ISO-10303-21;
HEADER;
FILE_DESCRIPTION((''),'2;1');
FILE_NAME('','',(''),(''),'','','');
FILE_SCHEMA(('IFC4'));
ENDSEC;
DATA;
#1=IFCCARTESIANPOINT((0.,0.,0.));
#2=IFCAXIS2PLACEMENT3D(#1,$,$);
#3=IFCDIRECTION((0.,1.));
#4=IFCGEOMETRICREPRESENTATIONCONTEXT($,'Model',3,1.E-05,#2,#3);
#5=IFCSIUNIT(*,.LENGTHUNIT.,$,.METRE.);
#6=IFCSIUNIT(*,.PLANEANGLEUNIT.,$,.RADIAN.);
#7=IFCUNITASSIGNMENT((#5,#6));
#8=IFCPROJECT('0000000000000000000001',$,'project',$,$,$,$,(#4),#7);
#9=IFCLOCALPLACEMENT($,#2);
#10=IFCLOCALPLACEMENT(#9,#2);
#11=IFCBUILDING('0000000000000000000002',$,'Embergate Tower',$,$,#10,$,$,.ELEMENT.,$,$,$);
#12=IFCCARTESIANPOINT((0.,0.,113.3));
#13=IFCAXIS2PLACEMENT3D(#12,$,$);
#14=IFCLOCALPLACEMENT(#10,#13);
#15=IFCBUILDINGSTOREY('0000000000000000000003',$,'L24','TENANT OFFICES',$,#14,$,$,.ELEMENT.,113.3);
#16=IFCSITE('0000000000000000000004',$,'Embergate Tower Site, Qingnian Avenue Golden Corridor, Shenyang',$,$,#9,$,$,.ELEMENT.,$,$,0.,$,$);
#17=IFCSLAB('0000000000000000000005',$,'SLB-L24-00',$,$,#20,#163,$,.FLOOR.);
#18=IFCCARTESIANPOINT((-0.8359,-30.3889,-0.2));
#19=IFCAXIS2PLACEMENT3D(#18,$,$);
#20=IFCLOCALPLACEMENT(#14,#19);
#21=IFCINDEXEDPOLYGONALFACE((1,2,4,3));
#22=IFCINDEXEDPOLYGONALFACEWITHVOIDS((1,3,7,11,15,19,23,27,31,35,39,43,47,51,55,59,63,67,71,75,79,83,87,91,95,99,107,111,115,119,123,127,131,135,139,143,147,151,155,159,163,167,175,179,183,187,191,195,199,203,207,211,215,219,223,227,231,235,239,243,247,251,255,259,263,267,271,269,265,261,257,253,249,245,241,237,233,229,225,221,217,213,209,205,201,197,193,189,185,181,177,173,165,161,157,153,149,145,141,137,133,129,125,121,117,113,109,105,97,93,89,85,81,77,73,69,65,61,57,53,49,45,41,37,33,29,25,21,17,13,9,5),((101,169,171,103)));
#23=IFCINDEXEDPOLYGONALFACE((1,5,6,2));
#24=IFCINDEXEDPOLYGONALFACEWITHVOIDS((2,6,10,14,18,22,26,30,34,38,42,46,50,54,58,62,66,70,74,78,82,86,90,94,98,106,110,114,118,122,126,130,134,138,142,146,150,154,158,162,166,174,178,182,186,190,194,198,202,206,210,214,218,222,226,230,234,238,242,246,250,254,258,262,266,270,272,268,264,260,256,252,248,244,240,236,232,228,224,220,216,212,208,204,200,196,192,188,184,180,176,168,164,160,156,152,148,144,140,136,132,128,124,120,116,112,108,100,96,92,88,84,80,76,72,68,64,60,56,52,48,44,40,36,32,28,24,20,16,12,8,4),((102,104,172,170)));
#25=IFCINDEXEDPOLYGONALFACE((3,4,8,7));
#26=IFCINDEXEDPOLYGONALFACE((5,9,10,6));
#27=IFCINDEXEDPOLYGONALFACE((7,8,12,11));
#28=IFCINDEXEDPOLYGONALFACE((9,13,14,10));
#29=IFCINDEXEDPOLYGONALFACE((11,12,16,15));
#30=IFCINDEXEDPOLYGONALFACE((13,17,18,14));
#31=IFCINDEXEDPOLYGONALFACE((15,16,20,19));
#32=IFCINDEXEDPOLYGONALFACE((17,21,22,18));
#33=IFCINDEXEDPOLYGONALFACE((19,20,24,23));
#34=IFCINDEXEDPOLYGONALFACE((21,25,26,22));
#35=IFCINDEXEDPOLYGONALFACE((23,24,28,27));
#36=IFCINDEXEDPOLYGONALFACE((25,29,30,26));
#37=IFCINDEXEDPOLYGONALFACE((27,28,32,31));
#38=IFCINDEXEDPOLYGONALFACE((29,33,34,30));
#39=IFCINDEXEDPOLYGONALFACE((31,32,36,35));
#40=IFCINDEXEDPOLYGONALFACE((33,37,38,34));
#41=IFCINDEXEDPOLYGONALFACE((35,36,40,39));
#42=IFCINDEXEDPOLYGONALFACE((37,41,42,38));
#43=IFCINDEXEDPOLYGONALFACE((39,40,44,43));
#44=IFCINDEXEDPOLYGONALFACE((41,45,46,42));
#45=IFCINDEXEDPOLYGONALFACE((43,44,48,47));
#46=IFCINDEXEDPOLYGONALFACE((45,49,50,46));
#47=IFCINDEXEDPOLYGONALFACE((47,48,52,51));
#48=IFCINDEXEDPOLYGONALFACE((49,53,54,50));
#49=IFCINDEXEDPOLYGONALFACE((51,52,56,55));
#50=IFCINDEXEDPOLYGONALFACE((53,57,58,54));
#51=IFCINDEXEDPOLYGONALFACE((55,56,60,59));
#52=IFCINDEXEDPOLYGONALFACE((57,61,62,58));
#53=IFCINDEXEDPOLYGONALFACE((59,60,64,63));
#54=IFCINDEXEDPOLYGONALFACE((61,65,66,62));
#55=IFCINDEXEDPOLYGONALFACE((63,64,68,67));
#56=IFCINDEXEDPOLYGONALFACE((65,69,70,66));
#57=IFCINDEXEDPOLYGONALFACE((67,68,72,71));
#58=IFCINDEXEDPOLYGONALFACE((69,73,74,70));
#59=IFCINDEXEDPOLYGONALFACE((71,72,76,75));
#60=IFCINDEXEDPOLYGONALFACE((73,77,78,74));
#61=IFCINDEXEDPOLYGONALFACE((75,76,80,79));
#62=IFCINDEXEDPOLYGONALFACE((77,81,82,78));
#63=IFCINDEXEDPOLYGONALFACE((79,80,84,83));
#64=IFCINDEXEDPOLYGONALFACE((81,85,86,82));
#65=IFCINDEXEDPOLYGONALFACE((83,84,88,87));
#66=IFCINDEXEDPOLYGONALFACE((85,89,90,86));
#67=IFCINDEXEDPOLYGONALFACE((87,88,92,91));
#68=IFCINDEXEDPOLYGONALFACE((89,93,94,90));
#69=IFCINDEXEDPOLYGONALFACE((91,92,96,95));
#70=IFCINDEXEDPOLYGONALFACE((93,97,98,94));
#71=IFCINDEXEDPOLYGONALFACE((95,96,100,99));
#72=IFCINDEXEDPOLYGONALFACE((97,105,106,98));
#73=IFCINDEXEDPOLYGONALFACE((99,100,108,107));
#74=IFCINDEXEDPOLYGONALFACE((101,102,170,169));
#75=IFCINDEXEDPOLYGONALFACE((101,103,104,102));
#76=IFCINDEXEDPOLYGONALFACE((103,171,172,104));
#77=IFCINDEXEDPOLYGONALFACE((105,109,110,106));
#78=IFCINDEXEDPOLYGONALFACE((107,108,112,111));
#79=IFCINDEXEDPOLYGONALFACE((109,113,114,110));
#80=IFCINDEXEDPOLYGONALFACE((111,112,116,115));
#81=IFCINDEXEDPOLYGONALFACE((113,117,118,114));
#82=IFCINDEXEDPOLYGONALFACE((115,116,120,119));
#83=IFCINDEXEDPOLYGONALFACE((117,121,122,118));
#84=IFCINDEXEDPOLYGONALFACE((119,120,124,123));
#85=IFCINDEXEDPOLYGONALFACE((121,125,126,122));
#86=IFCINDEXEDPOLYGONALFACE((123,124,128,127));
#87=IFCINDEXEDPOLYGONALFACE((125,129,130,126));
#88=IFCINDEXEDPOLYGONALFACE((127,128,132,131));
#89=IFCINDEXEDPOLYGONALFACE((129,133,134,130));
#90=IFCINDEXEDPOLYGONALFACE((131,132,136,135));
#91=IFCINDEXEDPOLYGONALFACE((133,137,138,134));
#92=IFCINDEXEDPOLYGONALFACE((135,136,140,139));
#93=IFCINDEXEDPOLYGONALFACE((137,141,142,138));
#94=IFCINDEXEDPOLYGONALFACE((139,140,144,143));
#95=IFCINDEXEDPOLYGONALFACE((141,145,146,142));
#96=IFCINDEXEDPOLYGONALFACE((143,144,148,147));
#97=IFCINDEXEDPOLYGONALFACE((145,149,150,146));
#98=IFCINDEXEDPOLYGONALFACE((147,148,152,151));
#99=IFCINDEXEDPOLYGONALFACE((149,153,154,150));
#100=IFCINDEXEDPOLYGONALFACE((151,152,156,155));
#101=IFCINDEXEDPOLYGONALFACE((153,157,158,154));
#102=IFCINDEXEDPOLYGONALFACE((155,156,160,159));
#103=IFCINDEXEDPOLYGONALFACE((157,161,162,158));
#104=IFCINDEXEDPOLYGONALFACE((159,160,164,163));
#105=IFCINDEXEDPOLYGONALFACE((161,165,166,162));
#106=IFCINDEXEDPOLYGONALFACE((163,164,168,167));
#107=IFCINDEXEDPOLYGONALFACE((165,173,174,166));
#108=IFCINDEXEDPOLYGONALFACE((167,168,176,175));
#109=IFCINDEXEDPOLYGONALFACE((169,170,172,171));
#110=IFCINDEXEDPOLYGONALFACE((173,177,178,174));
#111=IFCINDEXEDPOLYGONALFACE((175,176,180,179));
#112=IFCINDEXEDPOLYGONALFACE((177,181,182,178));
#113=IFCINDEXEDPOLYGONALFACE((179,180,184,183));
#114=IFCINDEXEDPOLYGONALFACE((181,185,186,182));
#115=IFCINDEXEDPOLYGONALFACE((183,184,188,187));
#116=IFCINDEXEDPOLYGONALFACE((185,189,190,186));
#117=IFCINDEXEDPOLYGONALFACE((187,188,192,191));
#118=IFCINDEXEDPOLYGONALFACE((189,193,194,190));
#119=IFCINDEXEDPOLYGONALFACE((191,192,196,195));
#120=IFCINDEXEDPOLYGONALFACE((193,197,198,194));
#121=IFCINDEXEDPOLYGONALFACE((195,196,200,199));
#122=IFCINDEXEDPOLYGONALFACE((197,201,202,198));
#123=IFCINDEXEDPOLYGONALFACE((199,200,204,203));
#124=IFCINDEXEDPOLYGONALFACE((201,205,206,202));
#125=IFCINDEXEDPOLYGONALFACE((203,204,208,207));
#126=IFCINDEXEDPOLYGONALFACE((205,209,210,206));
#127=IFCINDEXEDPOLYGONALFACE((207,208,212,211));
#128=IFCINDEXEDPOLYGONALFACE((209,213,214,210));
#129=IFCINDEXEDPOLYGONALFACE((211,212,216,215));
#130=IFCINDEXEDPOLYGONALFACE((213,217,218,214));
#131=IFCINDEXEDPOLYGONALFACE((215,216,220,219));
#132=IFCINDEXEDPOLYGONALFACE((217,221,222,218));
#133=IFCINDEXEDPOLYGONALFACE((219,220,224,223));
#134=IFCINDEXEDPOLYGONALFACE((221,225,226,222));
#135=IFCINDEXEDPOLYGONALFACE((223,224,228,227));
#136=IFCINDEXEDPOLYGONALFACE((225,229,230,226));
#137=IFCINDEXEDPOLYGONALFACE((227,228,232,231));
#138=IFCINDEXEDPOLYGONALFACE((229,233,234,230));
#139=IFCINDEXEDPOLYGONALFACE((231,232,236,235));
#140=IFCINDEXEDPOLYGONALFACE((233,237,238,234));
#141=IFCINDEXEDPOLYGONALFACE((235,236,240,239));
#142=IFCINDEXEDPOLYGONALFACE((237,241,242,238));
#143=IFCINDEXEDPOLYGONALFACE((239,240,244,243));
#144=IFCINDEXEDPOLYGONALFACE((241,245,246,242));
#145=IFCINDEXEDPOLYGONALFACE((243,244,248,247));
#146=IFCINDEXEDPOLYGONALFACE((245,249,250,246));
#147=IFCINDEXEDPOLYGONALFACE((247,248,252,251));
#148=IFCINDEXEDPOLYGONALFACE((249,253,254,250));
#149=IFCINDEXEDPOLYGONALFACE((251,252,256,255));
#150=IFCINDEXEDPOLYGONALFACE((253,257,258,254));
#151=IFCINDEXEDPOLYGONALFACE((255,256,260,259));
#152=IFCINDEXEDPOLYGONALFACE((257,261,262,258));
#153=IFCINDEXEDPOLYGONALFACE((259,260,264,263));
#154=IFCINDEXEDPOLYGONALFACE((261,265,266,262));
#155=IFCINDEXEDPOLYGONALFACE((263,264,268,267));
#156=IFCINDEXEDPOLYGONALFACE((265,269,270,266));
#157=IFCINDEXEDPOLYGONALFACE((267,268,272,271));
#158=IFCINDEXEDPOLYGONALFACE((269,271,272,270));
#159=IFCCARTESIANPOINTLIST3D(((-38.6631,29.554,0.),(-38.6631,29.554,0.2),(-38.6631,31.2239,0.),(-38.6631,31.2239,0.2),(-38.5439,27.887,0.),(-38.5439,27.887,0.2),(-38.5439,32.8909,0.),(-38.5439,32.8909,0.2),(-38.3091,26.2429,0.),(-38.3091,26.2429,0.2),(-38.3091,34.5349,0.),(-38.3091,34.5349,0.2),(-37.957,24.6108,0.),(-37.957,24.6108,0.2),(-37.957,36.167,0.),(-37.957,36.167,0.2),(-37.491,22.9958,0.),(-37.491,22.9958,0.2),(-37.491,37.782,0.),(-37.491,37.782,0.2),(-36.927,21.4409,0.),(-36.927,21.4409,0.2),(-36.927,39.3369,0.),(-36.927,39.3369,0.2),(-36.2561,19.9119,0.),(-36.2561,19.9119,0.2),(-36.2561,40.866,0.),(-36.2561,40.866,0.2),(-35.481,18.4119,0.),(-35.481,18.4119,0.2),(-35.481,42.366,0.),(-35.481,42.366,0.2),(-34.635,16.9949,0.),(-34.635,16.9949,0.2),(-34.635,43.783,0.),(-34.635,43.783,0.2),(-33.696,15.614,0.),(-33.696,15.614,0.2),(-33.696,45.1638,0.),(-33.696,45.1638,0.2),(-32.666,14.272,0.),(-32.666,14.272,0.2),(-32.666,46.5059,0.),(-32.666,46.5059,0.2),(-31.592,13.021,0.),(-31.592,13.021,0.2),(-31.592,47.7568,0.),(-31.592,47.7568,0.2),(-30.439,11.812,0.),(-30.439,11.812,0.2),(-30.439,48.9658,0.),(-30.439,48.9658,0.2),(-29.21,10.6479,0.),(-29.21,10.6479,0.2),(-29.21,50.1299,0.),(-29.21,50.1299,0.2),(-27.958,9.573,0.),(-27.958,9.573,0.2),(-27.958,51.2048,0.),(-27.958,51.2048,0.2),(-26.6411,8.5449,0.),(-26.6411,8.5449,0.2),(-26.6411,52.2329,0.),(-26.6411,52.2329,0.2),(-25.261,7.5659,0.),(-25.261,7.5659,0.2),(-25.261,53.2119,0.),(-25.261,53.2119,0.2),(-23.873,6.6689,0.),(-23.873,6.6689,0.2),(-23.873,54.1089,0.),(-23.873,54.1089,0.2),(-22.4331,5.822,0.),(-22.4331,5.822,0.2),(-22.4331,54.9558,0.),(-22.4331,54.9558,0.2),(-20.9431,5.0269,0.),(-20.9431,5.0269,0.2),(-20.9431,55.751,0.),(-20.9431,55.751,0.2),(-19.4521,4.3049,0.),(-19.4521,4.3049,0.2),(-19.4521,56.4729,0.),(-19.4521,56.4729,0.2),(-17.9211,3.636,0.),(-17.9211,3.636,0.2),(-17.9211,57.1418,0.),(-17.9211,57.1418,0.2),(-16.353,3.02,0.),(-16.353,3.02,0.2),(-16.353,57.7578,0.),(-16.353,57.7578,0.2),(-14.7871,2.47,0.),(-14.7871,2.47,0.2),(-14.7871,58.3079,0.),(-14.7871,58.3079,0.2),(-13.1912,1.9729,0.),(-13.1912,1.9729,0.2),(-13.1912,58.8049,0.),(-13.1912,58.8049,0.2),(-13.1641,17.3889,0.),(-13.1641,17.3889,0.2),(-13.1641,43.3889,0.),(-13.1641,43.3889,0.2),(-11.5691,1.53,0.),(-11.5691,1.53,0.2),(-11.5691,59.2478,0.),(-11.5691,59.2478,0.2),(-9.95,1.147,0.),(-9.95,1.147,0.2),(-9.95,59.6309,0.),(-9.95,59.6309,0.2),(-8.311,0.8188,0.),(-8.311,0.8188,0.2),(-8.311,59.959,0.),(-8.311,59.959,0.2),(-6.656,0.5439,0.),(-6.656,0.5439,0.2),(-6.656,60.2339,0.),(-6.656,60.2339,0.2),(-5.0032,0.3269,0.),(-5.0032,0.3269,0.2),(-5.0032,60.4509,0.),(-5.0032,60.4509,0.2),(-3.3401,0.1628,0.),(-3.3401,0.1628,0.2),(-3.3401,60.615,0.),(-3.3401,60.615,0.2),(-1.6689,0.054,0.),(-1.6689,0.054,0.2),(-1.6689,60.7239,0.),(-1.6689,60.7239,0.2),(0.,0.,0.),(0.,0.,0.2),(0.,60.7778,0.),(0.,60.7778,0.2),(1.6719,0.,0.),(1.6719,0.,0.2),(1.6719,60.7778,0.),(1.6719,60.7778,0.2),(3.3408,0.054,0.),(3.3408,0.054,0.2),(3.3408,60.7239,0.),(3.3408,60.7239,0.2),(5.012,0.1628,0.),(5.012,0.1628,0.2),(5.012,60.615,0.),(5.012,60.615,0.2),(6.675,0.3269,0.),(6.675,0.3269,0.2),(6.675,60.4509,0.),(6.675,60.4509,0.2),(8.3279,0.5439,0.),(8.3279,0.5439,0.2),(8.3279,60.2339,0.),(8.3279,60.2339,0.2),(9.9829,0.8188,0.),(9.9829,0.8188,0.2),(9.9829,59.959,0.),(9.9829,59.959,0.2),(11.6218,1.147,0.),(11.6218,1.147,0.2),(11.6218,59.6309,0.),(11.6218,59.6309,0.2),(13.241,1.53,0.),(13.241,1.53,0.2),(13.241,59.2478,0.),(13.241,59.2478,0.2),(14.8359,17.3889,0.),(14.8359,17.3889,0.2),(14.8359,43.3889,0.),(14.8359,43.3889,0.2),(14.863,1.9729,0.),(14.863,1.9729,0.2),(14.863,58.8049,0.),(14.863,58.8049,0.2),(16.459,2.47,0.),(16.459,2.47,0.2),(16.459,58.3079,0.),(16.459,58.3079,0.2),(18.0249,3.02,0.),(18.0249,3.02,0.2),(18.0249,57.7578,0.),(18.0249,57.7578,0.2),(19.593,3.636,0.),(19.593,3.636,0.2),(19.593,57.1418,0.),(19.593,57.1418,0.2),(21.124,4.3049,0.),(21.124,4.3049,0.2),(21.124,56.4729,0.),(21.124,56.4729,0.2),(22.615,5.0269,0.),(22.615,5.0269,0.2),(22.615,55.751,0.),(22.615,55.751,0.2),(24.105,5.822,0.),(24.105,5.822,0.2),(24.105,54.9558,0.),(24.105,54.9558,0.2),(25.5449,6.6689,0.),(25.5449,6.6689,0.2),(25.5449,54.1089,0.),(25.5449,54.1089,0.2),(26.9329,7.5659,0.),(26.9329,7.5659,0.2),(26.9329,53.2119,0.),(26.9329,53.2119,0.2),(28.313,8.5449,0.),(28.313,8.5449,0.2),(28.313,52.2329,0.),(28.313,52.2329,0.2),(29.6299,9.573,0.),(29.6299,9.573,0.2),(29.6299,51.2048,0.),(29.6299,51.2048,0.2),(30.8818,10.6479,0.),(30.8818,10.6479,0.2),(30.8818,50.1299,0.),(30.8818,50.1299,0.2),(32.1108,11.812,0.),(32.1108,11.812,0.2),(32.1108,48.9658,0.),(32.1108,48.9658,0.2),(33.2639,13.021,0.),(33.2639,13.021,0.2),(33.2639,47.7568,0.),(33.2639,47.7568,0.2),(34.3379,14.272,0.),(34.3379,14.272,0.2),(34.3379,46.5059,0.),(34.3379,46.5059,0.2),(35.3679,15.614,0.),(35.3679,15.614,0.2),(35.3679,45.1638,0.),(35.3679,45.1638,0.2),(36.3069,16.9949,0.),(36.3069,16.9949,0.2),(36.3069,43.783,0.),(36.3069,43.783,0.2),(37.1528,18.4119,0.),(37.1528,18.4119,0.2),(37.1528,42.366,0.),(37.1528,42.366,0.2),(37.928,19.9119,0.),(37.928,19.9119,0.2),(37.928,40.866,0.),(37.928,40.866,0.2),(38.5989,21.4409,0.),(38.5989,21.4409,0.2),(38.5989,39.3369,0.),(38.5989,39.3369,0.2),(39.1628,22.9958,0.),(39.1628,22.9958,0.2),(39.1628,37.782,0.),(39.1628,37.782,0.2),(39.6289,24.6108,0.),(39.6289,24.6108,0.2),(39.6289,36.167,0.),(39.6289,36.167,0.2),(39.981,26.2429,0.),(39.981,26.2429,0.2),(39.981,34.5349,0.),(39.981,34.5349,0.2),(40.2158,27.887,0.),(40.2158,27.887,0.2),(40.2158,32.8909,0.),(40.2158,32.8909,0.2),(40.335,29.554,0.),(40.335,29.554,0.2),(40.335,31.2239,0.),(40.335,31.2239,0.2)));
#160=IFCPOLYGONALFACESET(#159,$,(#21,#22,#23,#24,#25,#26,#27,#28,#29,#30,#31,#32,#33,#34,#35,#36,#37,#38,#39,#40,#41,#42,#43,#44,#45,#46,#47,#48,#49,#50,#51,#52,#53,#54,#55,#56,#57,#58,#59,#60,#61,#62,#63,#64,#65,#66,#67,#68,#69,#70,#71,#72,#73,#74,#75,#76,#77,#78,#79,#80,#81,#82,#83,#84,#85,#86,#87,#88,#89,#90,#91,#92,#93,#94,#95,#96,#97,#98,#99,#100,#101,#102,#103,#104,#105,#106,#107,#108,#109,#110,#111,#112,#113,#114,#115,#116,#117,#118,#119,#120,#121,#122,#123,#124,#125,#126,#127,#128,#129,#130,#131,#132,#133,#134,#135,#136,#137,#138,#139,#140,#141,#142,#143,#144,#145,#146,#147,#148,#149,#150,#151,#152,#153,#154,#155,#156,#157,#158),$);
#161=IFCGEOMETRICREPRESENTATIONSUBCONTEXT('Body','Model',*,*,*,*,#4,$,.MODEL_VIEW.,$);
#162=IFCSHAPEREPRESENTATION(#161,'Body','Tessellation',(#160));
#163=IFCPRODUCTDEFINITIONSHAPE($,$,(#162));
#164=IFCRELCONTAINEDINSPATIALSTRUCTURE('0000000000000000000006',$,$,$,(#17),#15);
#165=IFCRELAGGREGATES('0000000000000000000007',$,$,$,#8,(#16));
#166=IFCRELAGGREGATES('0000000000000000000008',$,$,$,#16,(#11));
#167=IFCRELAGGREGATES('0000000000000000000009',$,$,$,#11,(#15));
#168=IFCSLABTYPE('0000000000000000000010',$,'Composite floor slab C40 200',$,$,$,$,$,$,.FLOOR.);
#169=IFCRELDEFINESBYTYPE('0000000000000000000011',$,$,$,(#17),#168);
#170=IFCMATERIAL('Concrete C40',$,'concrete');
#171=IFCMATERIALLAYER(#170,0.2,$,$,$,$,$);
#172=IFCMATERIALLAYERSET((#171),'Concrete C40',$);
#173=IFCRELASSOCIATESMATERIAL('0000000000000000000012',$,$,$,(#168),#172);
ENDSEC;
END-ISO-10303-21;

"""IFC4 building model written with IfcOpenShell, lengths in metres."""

from ifc_helpers import new_model, si_unit, direction, frame, origin, place, context, subcontext, project, spatial, polyline, outline, extrude, source, transform, mapped, material, layer, layer_set, type_object, element, save


model = new_model("IFC4")

# Units and contexts
model_context = context("Model", 3, precision=1e-05, world=origin(), true_north=direction((0.0, 1.0)))
body_context = subcontext(model_context, "Body", "Model", "MODEL_VIEW")
ifc_project = project(units=[si_unit("LENGTHUNIT", "METRE"), si_unit("PLANEANGLEUNIT", "RADIAN")], contexts=[model_context])

# Site, building, storey
site_placement = place(None, origin())
site = spatial("IfcSite", under=ifc_project, at=site_placement, Name="Embergate Tower Site, Qingnian Avenue Golden Corridor, Shenyang", CompositionType="ELEMENT", RefElevation=0.0)
building_placement = place(site_placement, origin())
building = spatial("IfcBuilding", under=site, at=building_placement, Name="Embergate Tower", CompositionType="ELEMENT")
storey_placement = place(building_placement, frame((0.0, 0.0, 113.3)))
storey = spatial("IfcBuildingStorey", under=building, at=storey_placement, Name="L24", Description="TENANT OFFICES", CompositionType="ELEMENT", Elevation=113.3)

# Slab
ifc_material_1 = material(Name="Concrete C40", Category="concrete")
ifc_layer_1 = layer(ifc_material_1, 0.2)
ifc_layer_set_1 = layer_set([ifc_layer_1], Name="Concrete C40")
slab_type = type_object("IfcSlabType", Name="Composite floor slab C40 200", PredefinedType="FLOOR", material=ifc_layer_set_1)
shared_shape_1 = source(origin(), body_context, "Body", "SweptSolid", [
    extrude(outline(polyline([(0.0, 0.0), (1.6719, 0.0), (3.3408, 0.054), (5.012, 0.1628), (6.675, 0.3269), (8.3279, 0.5439), (9.9829, 0.8188), (11.6218, 1.147), (13.241, 1.53), (14.863, 1.9729), (16.459, 2.47), (18.0249, 3.02), (19.593, 3.636), (21.124, 4.3049), (22.615, 5.0269), (24.105, 5.822), (25.5449, 6.6689), (26.9329, 7.5659), (28.313, 8.5449), (29.6299, 9.573), (30.8818, 10.6479), (32.1108, 11.812), (33.2639, 13.021), (34.3379, 14.272), (35.3679, 15.614), (36.3069, 16.9949), (37.1528, 18.4119), (37.928, 19.9119), (38.5989, 21.4409), (39.1628, 22.9958), (39.6289, 24.6108), (39.981, 26.2429), (40.2158, 27.887), (40.335, 29.554), (40.335, 31.2239), (40.2158, 32.8909), (39.981, 34.5349), (39.6289, 36.167), (39.1628, 37.782), (38.5989, 39.3369), (37.928, 40.866), (37.1528, 42.366), (36.3069, 43.783), (35.3679, 45.1638), (34.3379, 46.5059), (33.2639, 47.7568), (32.1108, 48.9658), (30.8818, 50.1299), (29.6299, 51.2048), (28.313, 52.2329), (26.9329, 53.2119), (25.5449, 54.1089), (24.105, 54.9558), (22.615, 55.751), (21.124, 56.4729), (19.593, 57.1418), (18.0249, 57.7578), (16.459, 58.3079), (14.863, 58.8049), (13.241, 59.2478), (11.6218, 59.6309), (9.9829, 59.959), (8.3279, 60.2339), (6.675, 60.4509), (5.012, 60.615), (3.3408, 60.7239), (1.6719, 60.7778), (0.0, 60.7778), (-1.6689, 60.7239), (-3.3401, 60.615), (-5.0032, 60.4509), (-6.656, 60.2339), (-8.311, 59.959), (-9.95, 59.6309), (-11.5691, 59.2478), (-13.1912, 58.8049), (-14.7871, 58.3079), (-16.353, 57.7578), (-17.9211, 57.1418), (-19.4521, 56.4729), (-20.9431, 55.751), (-22.4331, 54.9558), (-23.873, 54.1089), (-25.261, 53.2119), (-26.6411, 52.2329), (-27.958, 51.2048), (-29.21, 50.1299), (-30.439, 48.9658), (-31.592, 47.7568), (-32.666, 46.5059), (-33.696, 45.1638), (-34.635, 43.783), (-35.481, 42.366), (-36.2561, 40.866), (-36.927, 39.3369), (-37.491, 37.782), (-37.957, 36.167), (-38.3091, 34.5349), (-38.5439, 32.8909), (-38.6631, 31.2239), (-38.6631, 29.554), (-38.5439, 27.887), (-38.3091, 26.2429), (-37.957, 24.6108), (-37.491, 22.9958), (-36.927, 21.4409), (-36.2561, 19.9119), (-35.481, 18.4119), (-34.635, 16.9949), (-33.696, 15.614), (-32.666, 14.272), (-31.592, 13.021), (-30.439, 11.812), (-29.21, 10.6479), (-27.958, 9.573), (-26.6411, 8.5449), (-25.261, 7.5659), (-23.873, 6.6689), (-22.4331, 5.822), (-20.9431, 5.0269), (-19.4521, 4.3049), (-17.9211, 3.636), (-16.353, 3.02), (-14.7871, 2.47), (-13.1912, 1.9729), (-11.5691, 1.53), (-9.95, 1.147), (-8.311, 0.8188), (-6.656, 0.5439), (-5.0032, 0.3269), (-3.3401, 0.1628), (-1.6689, 0.054), (0.0, 0.0)]), holes=[polyline([(-13.1641, 17.3889), (-13.1641, 43.3889), (14.8359, 43.3889), (14.8359, 17.3889), (-13.1641, 17.3889)])]), origin(), (0.0, 0.0, 1.0), 0.2),
])
slab_placement = place(storey_placement, frame((-0.8359, -30.3889, -0.2)))
element("IfcSlab", 1, at=slab_placement, inside=storey, type_object=slab_type, Name="SLB-L24-00", PredefinedType="FLOOR", context=body_context, shape_type="MappedRepresentation", body=[
    mapped(shared_shape_1, transform((0.0, 0.0, 0.0))),
])

save(model, "model.ifc")
